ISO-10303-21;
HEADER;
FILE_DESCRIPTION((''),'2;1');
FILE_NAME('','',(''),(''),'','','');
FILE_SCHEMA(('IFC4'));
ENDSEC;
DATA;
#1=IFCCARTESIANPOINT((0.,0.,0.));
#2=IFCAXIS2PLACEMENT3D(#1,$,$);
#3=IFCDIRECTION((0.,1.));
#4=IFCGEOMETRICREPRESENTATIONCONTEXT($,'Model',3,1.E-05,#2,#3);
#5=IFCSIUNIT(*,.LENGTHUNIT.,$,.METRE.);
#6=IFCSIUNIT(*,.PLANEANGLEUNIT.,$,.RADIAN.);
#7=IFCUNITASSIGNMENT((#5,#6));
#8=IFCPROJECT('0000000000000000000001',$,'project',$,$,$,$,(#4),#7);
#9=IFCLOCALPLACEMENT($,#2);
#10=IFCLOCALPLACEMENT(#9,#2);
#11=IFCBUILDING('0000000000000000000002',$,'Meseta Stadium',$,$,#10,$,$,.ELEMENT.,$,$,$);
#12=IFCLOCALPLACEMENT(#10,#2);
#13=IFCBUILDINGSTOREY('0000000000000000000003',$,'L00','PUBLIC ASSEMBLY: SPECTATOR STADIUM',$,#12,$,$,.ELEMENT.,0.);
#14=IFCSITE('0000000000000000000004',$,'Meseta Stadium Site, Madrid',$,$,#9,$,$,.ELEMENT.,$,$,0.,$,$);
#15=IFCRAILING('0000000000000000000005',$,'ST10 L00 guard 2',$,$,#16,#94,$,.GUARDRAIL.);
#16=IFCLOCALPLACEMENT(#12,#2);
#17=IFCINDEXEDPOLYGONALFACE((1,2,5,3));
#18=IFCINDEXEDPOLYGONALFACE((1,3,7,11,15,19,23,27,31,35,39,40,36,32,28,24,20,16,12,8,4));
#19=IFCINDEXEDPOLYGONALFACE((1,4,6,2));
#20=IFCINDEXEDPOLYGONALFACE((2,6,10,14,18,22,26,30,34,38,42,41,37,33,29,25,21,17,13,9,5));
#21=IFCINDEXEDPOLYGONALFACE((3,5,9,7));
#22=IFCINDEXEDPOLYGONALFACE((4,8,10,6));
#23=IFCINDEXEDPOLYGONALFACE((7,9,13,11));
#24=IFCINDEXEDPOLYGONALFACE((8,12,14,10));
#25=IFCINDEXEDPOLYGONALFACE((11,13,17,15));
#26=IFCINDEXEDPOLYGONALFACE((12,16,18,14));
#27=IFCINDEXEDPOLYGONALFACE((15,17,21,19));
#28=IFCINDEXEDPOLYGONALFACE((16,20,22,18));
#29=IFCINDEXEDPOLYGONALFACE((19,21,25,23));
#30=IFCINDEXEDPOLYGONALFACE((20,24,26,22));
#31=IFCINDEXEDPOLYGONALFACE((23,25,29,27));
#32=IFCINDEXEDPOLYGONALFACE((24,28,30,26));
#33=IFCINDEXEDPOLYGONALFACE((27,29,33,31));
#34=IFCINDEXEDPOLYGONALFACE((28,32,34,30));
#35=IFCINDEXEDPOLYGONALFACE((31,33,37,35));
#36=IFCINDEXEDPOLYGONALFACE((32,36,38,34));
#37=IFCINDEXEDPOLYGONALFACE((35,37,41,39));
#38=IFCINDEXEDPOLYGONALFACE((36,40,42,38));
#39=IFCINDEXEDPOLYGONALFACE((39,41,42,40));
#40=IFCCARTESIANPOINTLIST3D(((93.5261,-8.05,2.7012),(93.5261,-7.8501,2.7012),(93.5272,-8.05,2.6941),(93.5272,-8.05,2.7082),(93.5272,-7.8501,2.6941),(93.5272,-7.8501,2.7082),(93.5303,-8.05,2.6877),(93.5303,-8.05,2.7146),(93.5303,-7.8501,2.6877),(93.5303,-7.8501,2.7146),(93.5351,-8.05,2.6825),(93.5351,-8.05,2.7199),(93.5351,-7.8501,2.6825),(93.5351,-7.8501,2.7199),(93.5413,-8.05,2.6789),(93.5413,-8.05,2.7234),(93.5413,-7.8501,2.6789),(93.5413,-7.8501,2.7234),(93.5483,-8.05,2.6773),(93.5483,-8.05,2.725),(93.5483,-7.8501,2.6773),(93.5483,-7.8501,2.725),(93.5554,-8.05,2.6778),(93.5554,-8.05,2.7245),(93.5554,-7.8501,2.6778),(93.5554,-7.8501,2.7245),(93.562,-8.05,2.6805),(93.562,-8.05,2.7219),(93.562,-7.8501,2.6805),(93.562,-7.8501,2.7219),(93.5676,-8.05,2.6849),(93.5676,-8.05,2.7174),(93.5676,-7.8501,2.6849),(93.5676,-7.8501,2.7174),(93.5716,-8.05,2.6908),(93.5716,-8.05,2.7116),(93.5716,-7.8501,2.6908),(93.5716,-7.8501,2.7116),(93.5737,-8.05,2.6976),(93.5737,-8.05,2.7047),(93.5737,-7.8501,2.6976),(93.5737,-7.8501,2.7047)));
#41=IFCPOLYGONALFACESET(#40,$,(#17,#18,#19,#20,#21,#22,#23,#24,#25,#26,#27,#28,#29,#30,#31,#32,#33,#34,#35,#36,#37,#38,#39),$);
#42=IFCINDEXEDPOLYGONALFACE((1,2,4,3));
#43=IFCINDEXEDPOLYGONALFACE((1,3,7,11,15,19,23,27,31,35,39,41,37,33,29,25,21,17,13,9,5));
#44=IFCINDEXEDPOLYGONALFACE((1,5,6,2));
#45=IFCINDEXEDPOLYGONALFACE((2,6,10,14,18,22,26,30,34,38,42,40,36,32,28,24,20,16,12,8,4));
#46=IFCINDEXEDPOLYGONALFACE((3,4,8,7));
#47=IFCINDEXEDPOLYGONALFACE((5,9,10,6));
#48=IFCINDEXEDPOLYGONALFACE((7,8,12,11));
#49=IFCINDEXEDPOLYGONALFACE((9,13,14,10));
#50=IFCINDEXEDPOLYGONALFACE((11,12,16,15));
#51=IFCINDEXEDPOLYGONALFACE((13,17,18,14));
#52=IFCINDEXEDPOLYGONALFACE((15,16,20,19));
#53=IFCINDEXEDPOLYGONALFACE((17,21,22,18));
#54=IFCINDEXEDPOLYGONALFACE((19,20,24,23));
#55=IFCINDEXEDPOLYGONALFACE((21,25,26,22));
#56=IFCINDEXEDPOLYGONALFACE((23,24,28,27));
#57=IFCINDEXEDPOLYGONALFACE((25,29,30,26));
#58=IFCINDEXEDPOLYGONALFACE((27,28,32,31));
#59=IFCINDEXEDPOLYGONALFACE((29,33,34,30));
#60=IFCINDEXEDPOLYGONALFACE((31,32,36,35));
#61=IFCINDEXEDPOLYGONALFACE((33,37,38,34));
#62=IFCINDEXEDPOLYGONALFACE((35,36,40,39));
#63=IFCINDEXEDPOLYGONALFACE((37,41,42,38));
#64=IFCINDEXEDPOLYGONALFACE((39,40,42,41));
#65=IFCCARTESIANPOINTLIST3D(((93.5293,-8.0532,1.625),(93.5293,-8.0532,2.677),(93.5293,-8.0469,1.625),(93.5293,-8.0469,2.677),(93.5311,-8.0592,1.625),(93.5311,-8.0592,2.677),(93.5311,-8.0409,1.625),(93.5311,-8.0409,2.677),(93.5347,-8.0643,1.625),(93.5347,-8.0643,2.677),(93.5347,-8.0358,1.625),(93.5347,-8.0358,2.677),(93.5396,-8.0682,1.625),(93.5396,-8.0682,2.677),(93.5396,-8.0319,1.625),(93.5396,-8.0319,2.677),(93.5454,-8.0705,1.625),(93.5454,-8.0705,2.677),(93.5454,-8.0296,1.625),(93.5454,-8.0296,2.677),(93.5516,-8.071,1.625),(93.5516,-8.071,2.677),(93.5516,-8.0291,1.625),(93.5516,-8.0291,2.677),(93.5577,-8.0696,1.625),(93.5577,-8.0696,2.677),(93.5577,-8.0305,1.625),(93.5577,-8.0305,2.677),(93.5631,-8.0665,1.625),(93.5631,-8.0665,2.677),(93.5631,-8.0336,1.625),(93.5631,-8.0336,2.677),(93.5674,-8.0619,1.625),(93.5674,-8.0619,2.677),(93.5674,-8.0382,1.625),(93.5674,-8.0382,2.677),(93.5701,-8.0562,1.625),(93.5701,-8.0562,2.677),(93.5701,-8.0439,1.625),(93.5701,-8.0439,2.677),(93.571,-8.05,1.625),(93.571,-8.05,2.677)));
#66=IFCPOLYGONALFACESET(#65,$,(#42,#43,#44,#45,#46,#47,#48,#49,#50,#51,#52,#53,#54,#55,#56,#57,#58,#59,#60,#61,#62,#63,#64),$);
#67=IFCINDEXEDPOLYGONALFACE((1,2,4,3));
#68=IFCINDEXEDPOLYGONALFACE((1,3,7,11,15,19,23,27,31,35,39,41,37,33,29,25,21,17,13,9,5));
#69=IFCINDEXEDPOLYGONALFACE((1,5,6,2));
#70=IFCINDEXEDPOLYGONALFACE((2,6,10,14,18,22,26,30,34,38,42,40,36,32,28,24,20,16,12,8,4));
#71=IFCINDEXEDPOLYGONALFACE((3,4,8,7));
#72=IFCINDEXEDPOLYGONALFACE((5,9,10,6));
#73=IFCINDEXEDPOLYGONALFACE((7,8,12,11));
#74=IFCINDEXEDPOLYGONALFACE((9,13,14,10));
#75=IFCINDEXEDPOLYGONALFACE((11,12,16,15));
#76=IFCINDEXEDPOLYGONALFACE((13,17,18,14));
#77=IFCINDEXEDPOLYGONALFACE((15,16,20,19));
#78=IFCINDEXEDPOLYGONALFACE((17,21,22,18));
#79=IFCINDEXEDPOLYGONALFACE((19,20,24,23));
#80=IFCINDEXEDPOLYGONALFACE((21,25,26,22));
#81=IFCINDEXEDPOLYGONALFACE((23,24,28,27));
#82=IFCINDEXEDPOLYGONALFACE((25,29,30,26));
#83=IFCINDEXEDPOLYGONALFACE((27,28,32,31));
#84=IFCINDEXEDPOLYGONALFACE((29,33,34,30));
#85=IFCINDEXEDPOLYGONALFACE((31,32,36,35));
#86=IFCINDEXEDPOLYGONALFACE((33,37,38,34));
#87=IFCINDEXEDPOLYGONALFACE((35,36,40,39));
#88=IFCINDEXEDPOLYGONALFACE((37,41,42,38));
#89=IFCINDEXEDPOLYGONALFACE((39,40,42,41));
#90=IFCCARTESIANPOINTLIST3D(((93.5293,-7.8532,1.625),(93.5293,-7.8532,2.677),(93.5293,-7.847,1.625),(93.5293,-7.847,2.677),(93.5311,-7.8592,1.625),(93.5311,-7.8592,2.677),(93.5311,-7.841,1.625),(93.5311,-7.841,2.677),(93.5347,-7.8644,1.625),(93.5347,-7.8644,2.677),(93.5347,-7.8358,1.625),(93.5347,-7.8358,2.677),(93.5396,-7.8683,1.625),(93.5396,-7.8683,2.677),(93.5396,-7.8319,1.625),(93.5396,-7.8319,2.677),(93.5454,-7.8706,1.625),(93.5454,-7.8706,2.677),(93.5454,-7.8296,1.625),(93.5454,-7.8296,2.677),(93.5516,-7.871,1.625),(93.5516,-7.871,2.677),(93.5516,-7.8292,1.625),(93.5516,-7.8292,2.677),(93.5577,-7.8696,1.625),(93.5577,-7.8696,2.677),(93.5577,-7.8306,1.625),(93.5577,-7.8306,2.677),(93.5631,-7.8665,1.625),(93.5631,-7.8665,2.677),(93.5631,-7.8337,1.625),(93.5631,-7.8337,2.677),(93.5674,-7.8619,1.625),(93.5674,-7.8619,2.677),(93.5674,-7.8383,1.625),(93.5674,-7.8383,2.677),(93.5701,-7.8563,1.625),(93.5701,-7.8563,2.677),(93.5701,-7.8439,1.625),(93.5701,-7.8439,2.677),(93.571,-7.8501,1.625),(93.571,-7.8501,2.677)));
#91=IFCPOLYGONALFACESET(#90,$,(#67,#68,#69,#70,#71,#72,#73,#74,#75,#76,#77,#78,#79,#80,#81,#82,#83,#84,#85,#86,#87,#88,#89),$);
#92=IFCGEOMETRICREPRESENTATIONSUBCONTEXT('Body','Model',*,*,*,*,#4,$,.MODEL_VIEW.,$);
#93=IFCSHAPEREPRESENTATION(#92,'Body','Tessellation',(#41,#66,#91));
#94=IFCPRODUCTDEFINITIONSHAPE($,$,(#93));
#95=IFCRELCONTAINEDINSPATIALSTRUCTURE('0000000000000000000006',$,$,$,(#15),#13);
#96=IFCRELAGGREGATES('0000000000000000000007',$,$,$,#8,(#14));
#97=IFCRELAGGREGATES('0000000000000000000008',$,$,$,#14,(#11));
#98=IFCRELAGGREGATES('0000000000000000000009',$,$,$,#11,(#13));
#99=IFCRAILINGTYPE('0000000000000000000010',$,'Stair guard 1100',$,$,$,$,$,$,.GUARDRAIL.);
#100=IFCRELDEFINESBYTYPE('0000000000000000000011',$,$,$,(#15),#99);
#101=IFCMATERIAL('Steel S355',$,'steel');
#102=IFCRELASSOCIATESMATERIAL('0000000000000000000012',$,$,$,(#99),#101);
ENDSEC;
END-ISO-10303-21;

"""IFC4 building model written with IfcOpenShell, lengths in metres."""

from ifc_helpers import new_model, si_unit, direction, frame, origin, origin_2d, place, context, subcontext, project, spatial, circle, extrude, material, type_object, element, save


model = new_model("IFC4")

# Units and contexts
model_context = context("Model", 3, precision=1e-05, world=origin(), true_north=direction((0.0, 1.0)))
body_context = subcontext(model_context, "Body", "Model", "MODEL_VIEW")
ifc_project = project(units=[si_unit("LENGTHUNIT", "METRE"), si_unit("PLANEANGLEUNIT", "RADIAN")], contexts=[model_context])

# Site, building, storey
site_placement = place(None, origin())
site = spatial("IfcSite", under=ifc_project, at=site_placement, Name="Meseta Stadium Site, Madrid", CompositionType="ELEMENT", RefElevation=0.0)
building_placement = place(site_placement, origin())
building = spatial("IfcBuilding", under=site, at=building_placement, Name="Meseta Stadium", CompositionType="ELEMENT")
storey_placement = place(building_placement, origin())
storey = spatial("IfcBuildingStorey", under=building, at=storey_placement, Name="L00", Description="PUBLIC ASSEMBLY: SPECTATOR STADIUM", CompositionType="ELEMENT", Elevation=0.0)

# Railing
ifc_material_1 = material(Name="Steel S355", Category="steel")
railing_type_1 = type_object("IfcRailingType", Name="Stair guard 1100", PredefinedType="GUARDRAIL", material=ifc_material_1)
railing_1_placement = place(storey_placement, frame((93.55, -8.05, 1.625)))
element("IfcRailing", 1, at=railing_1_placement, inside=storey, type_object=railing_type_1, Name="ST10 L00 guard 2", PredefinedType="GUARDRAIL", context=body_context, shape_type="SweptSolid", body=[
    extrude(circle(Radius=0.0239, at=origin_2d()), frame((0.0, 0.0, 1.0762), z_axis=(0.0, 1.0, 0.0), x_axis=(-1.0, 0.0, 0.0)), (0.0, 0.0, 1.0), 0.2),
    extrude(circle(Radius=0.021, at=origin_2d()), origin(), (0.0, 0.0, 1.0), 1.052),
    extrude(circle(Radius=0.021, at=origin_2d()), frame((0.0, 0.2, 0.0)), (0.0, 0.0, 1.0), 1.052),
])

save(model, "model.ifc")
